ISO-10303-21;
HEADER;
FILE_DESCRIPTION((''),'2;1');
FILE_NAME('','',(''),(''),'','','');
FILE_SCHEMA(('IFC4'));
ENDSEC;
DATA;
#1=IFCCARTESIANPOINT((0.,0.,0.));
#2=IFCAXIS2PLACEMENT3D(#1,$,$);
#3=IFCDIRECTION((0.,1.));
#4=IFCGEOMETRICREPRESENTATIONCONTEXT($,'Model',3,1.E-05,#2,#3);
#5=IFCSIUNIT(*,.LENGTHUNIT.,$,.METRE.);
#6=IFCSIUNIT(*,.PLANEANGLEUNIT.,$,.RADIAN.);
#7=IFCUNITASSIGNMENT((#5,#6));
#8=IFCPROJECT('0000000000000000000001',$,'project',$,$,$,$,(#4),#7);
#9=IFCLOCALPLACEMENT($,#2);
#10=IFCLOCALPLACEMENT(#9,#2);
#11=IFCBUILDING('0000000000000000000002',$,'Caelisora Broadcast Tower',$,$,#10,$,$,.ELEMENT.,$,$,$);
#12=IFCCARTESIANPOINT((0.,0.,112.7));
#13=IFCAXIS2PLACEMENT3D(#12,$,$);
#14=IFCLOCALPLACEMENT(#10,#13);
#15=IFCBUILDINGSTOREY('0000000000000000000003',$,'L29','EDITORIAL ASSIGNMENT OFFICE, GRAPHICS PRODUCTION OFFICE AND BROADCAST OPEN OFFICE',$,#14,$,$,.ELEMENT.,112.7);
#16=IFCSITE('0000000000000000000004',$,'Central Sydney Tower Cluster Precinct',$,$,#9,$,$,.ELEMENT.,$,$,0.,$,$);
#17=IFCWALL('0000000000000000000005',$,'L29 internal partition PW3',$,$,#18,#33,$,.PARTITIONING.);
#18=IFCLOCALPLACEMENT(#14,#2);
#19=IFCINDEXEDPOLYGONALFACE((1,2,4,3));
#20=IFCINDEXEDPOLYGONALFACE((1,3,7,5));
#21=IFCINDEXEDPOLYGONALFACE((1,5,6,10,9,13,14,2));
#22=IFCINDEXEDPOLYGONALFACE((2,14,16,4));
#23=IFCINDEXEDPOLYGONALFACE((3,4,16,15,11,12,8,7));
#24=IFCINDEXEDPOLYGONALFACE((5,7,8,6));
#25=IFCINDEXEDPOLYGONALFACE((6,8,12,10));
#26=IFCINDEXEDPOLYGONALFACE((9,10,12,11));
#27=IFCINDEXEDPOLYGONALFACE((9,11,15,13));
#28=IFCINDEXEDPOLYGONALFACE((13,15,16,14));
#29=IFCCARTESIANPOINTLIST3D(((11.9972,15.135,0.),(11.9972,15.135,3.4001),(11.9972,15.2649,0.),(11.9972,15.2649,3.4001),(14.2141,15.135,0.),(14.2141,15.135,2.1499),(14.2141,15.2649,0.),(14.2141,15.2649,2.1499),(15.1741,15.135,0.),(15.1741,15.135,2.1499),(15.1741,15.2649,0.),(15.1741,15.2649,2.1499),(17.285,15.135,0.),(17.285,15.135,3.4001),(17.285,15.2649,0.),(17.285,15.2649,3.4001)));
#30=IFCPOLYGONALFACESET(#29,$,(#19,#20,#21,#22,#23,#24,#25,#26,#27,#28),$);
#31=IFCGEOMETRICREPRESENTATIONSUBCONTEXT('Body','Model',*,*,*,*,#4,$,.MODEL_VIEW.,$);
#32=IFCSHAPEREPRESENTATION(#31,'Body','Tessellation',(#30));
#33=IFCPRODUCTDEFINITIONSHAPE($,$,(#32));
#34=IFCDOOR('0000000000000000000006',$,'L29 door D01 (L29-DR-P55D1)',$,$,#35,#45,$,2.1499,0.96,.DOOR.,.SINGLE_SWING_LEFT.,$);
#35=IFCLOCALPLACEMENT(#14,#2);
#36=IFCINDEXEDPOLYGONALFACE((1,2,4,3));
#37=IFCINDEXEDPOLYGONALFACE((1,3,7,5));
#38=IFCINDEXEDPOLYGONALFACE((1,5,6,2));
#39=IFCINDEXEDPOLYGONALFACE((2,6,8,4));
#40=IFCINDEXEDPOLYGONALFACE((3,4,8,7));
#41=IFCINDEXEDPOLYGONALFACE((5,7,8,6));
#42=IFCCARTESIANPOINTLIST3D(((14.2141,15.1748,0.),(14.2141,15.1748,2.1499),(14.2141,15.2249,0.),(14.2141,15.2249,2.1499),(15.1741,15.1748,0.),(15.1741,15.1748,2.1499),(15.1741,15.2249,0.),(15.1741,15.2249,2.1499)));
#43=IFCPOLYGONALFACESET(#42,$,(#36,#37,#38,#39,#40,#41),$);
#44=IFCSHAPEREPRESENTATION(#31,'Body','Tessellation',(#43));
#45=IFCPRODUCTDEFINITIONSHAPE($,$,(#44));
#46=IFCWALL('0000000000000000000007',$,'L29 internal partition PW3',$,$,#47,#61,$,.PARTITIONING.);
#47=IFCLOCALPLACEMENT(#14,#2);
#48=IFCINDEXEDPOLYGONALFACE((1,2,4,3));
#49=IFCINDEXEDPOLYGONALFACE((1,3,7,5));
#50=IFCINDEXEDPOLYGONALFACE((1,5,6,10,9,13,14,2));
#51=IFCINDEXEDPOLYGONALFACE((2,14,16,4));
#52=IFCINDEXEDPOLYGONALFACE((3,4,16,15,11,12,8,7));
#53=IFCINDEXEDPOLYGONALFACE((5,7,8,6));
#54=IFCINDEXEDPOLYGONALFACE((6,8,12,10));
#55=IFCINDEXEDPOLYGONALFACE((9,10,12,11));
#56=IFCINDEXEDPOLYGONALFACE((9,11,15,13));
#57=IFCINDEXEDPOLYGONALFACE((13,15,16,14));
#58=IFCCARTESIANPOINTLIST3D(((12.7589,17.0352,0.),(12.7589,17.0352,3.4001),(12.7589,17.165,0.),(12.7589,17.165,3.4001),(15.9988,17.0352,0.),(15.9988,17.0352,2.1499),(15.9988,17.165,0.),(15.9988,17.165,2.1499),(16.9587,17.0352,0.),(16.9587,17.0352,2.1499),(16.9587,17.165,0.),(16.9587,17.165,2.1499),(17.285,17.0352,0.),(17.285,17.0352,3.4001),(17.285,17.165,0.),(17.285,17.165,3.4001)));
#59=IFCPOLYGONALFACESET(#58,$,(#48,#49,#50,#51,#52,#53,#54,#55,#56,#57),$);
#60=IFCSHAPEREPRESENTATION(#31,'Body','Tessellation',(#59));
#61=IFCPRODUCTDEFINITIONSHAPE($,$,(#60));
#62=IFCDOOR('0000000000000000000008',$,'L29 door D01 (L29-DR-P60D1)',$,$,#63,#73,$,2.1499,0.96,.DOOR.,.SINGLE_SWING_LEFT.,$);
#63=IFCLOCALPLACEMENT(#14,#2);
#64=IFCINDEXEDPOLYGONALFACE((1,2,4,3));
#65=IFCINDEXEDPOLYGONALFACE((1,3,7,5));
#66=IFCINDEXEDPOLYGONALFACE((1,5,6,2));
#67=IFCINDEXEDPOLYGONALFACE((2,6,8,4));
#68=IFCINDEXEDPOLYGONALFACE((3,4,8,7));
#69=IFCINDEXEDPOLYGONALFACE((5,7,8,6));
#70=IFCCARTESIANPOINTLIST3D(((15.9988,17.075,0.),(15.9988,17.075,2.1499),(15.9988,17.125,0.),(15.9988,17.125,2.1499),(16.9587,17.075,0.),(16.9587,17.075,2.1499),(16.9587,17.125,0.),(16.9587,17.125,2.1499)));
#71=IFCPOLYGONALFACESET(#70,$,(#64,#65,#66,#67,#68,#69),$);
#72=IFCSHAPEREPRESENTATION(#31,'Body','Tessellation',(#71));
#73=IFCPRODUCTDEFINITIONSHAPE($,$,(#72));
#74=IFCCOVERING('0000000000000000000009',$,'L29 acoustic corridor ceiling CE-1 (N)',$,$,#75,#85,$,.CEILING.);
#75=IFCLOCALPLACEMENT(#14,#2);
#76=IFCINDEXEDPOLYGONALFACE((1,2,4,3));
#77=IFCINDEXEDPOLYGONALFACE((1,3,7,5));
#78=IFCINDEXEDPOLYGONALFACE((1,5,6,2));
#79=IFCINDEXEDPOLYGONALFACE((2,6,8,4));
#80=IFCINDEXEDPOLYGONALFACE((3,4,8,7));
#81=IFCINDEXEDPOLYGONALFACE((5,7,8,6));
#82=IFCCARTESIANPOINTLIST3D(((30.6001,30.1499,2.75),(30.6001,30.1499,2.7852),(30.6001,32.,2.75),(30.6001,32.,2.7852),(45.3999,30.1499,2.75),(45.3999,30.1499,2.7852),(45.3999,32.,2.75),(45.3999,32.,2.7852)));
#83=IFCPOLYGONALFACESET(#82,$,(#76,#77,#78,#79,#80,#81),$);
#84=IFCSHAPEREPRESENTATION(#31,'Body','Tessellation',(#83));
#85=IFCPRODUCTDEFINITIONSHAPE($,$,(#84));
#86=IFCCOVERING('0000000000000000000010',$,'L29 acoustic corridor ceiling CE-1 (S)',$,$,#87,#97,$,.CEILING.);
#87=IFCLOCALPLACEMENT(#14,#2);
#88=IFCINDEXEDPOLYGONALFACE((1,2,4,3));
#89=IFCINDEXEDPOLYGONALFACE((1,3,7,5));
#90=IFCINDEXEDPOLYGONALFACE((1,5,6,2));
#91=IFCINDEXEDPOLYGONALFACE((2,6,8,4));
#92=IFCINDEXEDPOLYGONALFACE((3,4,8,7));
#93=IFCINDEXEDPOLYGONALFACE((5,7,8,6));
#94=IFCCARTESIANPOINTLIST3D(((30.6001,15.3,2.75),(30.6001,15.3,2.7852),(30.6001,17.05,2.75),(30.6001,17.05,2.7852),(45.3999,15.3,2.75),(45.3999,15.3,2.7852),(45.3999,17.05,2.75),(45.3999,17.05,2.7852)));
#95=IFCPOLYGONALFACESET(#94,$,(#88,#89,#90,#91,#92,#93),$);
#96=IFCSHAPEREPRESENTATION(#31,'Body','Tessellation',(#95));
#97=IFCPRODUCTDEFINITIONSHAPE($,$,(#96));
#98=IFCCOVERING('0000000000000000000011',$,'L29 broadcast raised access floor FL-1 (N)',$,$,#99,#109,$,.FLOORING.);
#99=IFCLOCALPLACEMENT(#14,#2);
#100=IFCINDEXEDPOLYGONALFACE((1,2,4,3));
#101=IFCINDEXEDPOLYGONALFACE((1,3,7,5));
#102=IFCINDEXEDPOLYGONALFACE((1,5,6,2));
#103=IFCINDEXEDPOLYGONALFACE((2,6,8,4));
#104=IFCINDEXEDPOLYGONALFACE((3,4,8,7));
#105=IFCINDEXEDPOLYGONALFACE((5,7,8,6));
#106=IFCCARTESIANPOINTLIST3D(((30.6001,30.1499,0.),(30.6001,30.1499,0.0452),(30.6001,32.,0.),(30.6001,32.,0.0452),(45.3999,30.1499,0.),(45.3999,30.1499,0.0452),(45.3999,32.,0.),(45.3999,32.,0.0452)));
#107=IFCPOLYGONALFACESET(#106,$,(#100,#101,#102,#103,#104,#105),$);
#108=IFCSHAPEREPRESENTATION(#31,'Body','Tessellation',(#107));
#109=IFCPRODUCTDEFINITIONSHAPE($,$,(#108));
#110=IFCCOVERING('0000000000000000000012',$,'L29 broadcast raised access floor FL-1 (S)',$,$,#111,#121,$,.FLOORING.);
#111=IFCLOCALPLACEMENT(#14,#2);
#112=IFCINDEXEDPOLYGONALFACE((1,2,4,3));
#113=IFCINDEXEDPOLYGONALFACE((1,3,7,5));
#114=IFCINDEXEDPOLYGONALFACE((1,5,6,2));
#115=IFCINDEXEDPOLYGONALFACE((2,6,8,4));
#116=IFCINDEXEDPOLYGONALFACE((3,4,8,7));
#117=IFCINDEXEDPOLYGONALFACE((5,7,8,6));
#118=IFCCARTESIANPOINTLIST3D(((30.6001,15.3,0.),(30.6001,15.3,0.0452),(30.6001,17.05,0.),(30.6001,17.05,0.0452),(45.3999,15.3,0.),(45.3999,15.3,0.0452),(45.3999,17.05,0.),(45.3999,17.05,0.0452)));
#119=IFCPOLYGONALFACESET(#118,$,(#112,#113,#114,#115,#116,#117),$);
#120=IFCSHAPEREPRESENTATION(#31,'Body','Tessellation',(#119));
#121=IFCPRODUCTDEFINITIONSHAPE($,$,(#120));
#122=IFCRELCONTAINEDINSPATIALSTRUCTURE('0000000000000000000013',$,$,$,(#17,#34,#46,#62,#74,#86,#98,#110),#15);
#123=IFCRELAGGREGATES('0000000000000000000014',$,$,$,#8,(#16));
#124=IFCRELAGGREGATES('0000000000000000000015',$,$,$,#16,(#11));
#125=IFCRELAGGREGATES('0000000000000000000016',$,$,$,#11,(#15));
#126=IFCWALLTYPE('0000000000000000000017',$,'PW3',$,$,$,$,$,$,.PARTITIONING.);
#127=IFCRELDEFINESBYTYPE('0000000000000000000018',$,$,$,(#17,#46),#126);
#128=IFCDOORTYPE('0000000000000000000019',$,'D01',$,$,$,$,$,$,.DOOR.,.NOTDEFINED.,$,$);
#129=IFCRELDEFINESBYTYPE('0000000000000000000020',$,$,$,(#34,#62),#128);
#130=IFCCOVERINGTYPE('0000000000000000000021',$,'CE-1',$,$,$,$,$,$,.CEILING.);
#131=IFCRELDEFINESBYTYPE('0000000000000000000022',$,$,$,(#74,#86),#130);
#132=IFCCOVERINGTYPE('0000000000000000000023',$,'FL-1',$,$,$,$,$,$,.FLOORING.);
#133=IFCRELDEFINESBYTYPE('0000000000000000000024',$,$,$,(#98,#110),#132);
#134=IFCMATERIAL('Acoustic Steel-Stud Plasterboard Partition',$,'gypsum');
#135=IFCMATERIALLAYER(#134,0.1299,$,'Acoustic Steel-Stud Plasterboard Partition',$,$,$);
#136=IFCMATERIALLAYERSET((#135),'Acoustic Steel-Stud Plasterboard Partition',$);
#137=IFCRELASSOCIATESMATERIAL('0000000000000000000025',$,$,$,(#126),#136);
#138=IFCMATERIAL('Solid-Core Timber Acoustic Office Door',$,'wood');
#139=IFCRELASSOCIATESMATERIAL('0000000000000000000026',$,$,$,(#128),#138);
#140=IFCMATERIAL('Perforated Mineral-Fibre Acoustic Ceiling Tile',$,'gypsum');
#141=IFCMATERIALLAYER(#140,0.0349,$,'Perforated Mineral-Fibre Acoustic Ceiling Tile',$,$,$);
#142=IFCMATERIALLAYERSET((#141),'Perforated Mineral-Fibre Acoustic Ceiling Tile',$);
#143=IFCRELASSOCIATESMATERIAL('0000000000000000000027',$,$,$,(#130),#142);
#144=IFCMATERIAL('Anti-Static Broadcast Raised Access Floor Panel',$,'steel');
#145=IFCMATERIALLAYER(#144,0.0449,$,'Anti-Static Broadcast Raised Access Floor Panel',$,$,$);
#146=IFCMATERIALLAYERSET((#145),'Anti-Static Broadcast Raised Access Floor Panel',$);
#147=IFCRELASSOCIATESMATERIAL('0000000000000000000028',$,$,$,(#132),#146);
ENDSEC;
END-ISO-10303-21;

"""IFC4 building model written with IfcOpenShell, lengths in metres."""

from ifc_helpers import new_model, si_unit, direction, frame, frame_2d, origin, place, context, subcontext, project, spatial, polyline, rectangle, outline, extrude, material, layer, layer_set, type_object, element, fill, save


model = new_model("IFC4")

# Units and contexts
model_context = context("Model", 3, precision=1e-05, world=origin(), true_north=direction((0.0, 1.0)))
body_context = subcontext(model_context, "Body", "Model", "MODEL_VIEW")
ifc_project = project(units=[si_unit("LENGTHUNIT", "METRE"), si_unit("PLANEANGLEUNIT", "RADIAN")], contexts=[model_context])

# Site, building, storey
site_placement = place(None, origin())
site = spatial("IfcSite", under=ifc_project, at=site_placement, Name="Central Sydney Tower Cluster Precinct", CompositionType="ELEMENT", RefElevation=0.0)
building_placement = place(site_placement, origin())
building = spatial("IfcBuilding", under=site, at=building_placement, Name="Caelisora Broadcast Tower", CompositionType="ELEMENT")
storey_placement = place(building_placement, frame((0.0, 0.0, 112.7)))
storey = spatial("IfcBuildingStorey", under=building, at=storey_placement, Name="L29", Description="EDITORIAL ASSIGNMENT OFFICE, GRAPHICS PRODUCTION OFFICE AND BROADCAST OPEN OFFICE", CompositionType="ELEMENT", Elevation=112.7)

# Shared definitions
ifc_material_1 = material(Name="Acoustic Steel-Stud Plasterboard Partition", Category="gypsum")
ifc_layer_1 = layer(ifc_material_1, 0.1299, Name="Acoustic Steel-Stud Plasterboard Partition")
ifc_layer_set_1 = layer_set([ifc_layer_1], Name="Acoustic Steel-Stud Plasterboard Partition")
wall_type_1 = type_object("IfcWallType", Name="PW3", PredefinedType="PARTITIONING", material=ifc_layer_set_1)

# Walls, openings, doors
wall_1_placement = place(storey_placement, frame((11.9971, 15.2, 0.0), z_axis=(0.0, 0.0, 1.0), x_axis=(1.0, 0.0, 0.0)))
wall_1 = element("IfcWall", 1, at=wall_1_placement, inside=storey, type_object=wall_type_1, Name="L29 internal partition PW3", PredefinedType="PARTITIONING", context=body_context, shape_type="SweptSolid", body=[
    extrude(rectangle(XDim=5.2878, YDim=0.1299, at=frame_2d((2.644, 0.0))), origin(), (0.0, 0.0, 1.0), 3.4001),
])
opening_1_placement = place(wall_1_placement, frame((2.217, 0.0, 0.0)))
opening_1 = element("IfcOpeningElement", 2, at=opening_1_placement, cuts=wall_1, PredefinedType="OPENING", context=body_context, shape_type="SweptSolid", body=[
    extrude(rectangle(XDim=0.96, YDim=2.1499, at=frame_2d((0.48, 1.075))), frame((0.0, 0.0769, 0.0), z_axis=(0.0, -1.0, 0.0), x_axis=(1.0, 0.0, 0.0)), (0.0, 0.0, 1.0), 0.1538),
])
ifc_material_2 = material(Name="Solid-Core Timber Acoustic Office Door", Category="wood")
door_type = type_object("IfcDoorType", Name="D01", OperationType="NOTDEFINED", PredefinedType="DOOR", material=ifc_material_2)
door_1_placement = place(opening_1_placement, origin())
door_1 = element("IfcDoor", 3, at=door_1_placement, inside=storey, type_object=door_type, Name="L29 door D01 (L29-DR-P55D1)", OperationType="SINGLE_SWING_LEFT", OverallHeight=2.1499, OverallWidth=0.96, PredefinedType="DOOR", context=body_context, shape_type="SweptSolid", body=[
    extrude(rectangle(XDim=0.96, YDim=2.1499, at=frame_2d((0.48, 1.075))), frame((0.0, 0.0249, 0.0), z_axis=(0.0, -1.0, 0.0), x_axis=(1.0, 0.0, 0.0)), (0.0, 0.0, 1.0), 0.05),
])
fill(opening_1, door_1)
wall_2_placement = place(storey_placement, frame((12.7588, 17.1001, 0.0), z_axis=(0.0, 0.0, 1.0), x_axis=(1.0, 0.0, 0.0)))
wall_2 = element("IfcWall", 4, at=wall_2_placement, inside=storey, type_object=wall_type_1, Name="L29 internal partition PW3", PredefinedType="PARTITIONING", context=body_context, shape_type="SweptSolid", body=[
    extrude(rectangle(XDim=4.5261, YDim=0.1299, at=frame_2d((2.2632, 0.0))), origin(), (0.0, 0.0, 1.0), 3.4001),
])
opening_2_placement = place(wall_2_placement, frame((3.24, 0.0, 0.0)))
opening_2 = element("IfcOpeningElement", 5, at=opening_2_placement, cuts=wall_2, PredefinedType="OPENING", context=body_context, shape_type="SweptSolid", body=[
    extrude(rectangle(XDim=0.96, YDim=2.1499, at=frame_2d((0.48, 1.075))), frame((0.0, 0.0769, 0.0), z_axis=(0.0, -1.0, 0.0), x_axis=(1.0, 0.0, 0.0)), (0.0, 0.0, 1.0), 0.1538),
])
door_2_placement = place(opening_2_placement, origin())
door_2 = element("IfcDoor", 6, at=door_2_placement, inside=storey, type_object=door_type, Name="L29 door D01 (L29-DR-P60D1)", OperationType="SINGLE_SWING_LEFT", OverallHeight=2.1499, OverallWidth=0.96, PredefinedType="DOOR", context=body_context, shape_type="SweptSolid", body=[
    extrude(rectangle(XDim=0.96, YDim=2.1499, at=frame_2d((0.48, 1.075))), frame((0.0, 0.0249, 0.0), z_axis=(0.0, -1.0, 0.0), x_axis=(1.0, 0.0, 0.0)), (0.0, 0.0, 1.0), 0.05),
])
fill(opening_2, door_2)

# Coverings
ifc_material_3 = material(Name="Perforated Mineral-Fibre Acoustic Ceiling Tile", Category="gypsum")
ifc_layer_2 = layer(ifc_material_3, 0.0349, Name="Perforated Mineral-Fibre Acoustic Ceiling Tile")
ifc_layer_set_2 = layer_set([ifc_layer_2], Name="Perforated Mineral-Fibre Acoustic Ceiling Tile")
covering_type_1 = type_object("IfcCoveringType", Name="CE-1", PredefinedType="CEILING", material=ifc_layer_set_2)
covering_1_placement = place(storey_placement, frame((0.0, 0.0, 2.75)))
element("IfcCovering", 7, at=covering_1_placement, inside=storey, type_object=covering_type_1, Name="L29 acoustic corridor ceiling CE-1 (N)", PredefinedType="CEILING", context=body_context, shape_type="SweptSolid", body=[
    extrude(outline(polyline([(30.6001, 30.1499), (45.3999, 30.1499), (45.3999, 32.0), (30.6001, 32.0), (30.6001, 30.1499)])), origin(), (0.0, 0.0, 1.0), 0.0352),
])
covering_2_placement = place(storey_placement, frame((0.0, 0.0, 2.75)))
element("IfcCovering", 8, at=covering_2_placement, inside=storey, type_object=covering_type_1, Name="L29 acoustic corridor ceiling CE-1 (S)", PredefinedType="CEILING", context=body_context, shape_type="SweptSolid", body=[
    extrude(outline(polyline([(30.6001, 15.3), (45.3999, 15.3), (45.3999, 17.05), (30.6001, 17.05), (30.6001, 15.3)])), origin(), (0.0, 0.0, 1.0), 0.0352),
])
ifc_material_4 = material(Name="Anti-Static Broadcast Raised Access Floor Panel", Category="steel")
ifc_layer_3 = layer(ifc_material_4, 0.0449, Name="Anti-Static Broadcast Raised Access Floor Panel")
ifc_layer_set_3 = layer_set([ifc_layer_3], Name="Anti-Static Broadcast Raised Access Floor Panel")
covering_type_2 = type_object("IfcCoveringType", Name="FL-1", PredefinedType="FLOORING", material=ifc_layer_set_3)
covering_3_placement = place(storey_placement, origin())
element("IfcCovering", 9, at=covering_3_placement, inside=storey, type_object=covering_type_2, Name="L29 broadcast raised access floor FL-1 (N)", PredefinedType="FLOORING", context=body_context, shape_type="SweptSolid", body=[
    extrude(outline(polyline([(30.6001, 30.1499), (45.3999, 30.1499), (45.3999, 32.0), (30.6001, 32.0), (30.6001, 30.1499)])), origin(), (0.0, 0.0, 1.0), 0.0452),
])
covering_4_placement = place(storey_placement, origin())
element("IfcCovering", 10, at=covering_4_placement, inside=storey, type_object=covering_type_2, Name="L29 broadcast raised access floor FL-1 (S)", PredefinedType="FLOORING", context=body_context, shape_type="SweptSolid", body=[
    extrude(outline(polyline([(30.6001, 15.3), (45.3999, 15.3), (45.3999, 17.05), (30.6001, 17.05), (30.6001, 15.3)])), origin(), (0.0, 0.0, 1.0), 0.0452),
])

save(model, "model.ifc")
